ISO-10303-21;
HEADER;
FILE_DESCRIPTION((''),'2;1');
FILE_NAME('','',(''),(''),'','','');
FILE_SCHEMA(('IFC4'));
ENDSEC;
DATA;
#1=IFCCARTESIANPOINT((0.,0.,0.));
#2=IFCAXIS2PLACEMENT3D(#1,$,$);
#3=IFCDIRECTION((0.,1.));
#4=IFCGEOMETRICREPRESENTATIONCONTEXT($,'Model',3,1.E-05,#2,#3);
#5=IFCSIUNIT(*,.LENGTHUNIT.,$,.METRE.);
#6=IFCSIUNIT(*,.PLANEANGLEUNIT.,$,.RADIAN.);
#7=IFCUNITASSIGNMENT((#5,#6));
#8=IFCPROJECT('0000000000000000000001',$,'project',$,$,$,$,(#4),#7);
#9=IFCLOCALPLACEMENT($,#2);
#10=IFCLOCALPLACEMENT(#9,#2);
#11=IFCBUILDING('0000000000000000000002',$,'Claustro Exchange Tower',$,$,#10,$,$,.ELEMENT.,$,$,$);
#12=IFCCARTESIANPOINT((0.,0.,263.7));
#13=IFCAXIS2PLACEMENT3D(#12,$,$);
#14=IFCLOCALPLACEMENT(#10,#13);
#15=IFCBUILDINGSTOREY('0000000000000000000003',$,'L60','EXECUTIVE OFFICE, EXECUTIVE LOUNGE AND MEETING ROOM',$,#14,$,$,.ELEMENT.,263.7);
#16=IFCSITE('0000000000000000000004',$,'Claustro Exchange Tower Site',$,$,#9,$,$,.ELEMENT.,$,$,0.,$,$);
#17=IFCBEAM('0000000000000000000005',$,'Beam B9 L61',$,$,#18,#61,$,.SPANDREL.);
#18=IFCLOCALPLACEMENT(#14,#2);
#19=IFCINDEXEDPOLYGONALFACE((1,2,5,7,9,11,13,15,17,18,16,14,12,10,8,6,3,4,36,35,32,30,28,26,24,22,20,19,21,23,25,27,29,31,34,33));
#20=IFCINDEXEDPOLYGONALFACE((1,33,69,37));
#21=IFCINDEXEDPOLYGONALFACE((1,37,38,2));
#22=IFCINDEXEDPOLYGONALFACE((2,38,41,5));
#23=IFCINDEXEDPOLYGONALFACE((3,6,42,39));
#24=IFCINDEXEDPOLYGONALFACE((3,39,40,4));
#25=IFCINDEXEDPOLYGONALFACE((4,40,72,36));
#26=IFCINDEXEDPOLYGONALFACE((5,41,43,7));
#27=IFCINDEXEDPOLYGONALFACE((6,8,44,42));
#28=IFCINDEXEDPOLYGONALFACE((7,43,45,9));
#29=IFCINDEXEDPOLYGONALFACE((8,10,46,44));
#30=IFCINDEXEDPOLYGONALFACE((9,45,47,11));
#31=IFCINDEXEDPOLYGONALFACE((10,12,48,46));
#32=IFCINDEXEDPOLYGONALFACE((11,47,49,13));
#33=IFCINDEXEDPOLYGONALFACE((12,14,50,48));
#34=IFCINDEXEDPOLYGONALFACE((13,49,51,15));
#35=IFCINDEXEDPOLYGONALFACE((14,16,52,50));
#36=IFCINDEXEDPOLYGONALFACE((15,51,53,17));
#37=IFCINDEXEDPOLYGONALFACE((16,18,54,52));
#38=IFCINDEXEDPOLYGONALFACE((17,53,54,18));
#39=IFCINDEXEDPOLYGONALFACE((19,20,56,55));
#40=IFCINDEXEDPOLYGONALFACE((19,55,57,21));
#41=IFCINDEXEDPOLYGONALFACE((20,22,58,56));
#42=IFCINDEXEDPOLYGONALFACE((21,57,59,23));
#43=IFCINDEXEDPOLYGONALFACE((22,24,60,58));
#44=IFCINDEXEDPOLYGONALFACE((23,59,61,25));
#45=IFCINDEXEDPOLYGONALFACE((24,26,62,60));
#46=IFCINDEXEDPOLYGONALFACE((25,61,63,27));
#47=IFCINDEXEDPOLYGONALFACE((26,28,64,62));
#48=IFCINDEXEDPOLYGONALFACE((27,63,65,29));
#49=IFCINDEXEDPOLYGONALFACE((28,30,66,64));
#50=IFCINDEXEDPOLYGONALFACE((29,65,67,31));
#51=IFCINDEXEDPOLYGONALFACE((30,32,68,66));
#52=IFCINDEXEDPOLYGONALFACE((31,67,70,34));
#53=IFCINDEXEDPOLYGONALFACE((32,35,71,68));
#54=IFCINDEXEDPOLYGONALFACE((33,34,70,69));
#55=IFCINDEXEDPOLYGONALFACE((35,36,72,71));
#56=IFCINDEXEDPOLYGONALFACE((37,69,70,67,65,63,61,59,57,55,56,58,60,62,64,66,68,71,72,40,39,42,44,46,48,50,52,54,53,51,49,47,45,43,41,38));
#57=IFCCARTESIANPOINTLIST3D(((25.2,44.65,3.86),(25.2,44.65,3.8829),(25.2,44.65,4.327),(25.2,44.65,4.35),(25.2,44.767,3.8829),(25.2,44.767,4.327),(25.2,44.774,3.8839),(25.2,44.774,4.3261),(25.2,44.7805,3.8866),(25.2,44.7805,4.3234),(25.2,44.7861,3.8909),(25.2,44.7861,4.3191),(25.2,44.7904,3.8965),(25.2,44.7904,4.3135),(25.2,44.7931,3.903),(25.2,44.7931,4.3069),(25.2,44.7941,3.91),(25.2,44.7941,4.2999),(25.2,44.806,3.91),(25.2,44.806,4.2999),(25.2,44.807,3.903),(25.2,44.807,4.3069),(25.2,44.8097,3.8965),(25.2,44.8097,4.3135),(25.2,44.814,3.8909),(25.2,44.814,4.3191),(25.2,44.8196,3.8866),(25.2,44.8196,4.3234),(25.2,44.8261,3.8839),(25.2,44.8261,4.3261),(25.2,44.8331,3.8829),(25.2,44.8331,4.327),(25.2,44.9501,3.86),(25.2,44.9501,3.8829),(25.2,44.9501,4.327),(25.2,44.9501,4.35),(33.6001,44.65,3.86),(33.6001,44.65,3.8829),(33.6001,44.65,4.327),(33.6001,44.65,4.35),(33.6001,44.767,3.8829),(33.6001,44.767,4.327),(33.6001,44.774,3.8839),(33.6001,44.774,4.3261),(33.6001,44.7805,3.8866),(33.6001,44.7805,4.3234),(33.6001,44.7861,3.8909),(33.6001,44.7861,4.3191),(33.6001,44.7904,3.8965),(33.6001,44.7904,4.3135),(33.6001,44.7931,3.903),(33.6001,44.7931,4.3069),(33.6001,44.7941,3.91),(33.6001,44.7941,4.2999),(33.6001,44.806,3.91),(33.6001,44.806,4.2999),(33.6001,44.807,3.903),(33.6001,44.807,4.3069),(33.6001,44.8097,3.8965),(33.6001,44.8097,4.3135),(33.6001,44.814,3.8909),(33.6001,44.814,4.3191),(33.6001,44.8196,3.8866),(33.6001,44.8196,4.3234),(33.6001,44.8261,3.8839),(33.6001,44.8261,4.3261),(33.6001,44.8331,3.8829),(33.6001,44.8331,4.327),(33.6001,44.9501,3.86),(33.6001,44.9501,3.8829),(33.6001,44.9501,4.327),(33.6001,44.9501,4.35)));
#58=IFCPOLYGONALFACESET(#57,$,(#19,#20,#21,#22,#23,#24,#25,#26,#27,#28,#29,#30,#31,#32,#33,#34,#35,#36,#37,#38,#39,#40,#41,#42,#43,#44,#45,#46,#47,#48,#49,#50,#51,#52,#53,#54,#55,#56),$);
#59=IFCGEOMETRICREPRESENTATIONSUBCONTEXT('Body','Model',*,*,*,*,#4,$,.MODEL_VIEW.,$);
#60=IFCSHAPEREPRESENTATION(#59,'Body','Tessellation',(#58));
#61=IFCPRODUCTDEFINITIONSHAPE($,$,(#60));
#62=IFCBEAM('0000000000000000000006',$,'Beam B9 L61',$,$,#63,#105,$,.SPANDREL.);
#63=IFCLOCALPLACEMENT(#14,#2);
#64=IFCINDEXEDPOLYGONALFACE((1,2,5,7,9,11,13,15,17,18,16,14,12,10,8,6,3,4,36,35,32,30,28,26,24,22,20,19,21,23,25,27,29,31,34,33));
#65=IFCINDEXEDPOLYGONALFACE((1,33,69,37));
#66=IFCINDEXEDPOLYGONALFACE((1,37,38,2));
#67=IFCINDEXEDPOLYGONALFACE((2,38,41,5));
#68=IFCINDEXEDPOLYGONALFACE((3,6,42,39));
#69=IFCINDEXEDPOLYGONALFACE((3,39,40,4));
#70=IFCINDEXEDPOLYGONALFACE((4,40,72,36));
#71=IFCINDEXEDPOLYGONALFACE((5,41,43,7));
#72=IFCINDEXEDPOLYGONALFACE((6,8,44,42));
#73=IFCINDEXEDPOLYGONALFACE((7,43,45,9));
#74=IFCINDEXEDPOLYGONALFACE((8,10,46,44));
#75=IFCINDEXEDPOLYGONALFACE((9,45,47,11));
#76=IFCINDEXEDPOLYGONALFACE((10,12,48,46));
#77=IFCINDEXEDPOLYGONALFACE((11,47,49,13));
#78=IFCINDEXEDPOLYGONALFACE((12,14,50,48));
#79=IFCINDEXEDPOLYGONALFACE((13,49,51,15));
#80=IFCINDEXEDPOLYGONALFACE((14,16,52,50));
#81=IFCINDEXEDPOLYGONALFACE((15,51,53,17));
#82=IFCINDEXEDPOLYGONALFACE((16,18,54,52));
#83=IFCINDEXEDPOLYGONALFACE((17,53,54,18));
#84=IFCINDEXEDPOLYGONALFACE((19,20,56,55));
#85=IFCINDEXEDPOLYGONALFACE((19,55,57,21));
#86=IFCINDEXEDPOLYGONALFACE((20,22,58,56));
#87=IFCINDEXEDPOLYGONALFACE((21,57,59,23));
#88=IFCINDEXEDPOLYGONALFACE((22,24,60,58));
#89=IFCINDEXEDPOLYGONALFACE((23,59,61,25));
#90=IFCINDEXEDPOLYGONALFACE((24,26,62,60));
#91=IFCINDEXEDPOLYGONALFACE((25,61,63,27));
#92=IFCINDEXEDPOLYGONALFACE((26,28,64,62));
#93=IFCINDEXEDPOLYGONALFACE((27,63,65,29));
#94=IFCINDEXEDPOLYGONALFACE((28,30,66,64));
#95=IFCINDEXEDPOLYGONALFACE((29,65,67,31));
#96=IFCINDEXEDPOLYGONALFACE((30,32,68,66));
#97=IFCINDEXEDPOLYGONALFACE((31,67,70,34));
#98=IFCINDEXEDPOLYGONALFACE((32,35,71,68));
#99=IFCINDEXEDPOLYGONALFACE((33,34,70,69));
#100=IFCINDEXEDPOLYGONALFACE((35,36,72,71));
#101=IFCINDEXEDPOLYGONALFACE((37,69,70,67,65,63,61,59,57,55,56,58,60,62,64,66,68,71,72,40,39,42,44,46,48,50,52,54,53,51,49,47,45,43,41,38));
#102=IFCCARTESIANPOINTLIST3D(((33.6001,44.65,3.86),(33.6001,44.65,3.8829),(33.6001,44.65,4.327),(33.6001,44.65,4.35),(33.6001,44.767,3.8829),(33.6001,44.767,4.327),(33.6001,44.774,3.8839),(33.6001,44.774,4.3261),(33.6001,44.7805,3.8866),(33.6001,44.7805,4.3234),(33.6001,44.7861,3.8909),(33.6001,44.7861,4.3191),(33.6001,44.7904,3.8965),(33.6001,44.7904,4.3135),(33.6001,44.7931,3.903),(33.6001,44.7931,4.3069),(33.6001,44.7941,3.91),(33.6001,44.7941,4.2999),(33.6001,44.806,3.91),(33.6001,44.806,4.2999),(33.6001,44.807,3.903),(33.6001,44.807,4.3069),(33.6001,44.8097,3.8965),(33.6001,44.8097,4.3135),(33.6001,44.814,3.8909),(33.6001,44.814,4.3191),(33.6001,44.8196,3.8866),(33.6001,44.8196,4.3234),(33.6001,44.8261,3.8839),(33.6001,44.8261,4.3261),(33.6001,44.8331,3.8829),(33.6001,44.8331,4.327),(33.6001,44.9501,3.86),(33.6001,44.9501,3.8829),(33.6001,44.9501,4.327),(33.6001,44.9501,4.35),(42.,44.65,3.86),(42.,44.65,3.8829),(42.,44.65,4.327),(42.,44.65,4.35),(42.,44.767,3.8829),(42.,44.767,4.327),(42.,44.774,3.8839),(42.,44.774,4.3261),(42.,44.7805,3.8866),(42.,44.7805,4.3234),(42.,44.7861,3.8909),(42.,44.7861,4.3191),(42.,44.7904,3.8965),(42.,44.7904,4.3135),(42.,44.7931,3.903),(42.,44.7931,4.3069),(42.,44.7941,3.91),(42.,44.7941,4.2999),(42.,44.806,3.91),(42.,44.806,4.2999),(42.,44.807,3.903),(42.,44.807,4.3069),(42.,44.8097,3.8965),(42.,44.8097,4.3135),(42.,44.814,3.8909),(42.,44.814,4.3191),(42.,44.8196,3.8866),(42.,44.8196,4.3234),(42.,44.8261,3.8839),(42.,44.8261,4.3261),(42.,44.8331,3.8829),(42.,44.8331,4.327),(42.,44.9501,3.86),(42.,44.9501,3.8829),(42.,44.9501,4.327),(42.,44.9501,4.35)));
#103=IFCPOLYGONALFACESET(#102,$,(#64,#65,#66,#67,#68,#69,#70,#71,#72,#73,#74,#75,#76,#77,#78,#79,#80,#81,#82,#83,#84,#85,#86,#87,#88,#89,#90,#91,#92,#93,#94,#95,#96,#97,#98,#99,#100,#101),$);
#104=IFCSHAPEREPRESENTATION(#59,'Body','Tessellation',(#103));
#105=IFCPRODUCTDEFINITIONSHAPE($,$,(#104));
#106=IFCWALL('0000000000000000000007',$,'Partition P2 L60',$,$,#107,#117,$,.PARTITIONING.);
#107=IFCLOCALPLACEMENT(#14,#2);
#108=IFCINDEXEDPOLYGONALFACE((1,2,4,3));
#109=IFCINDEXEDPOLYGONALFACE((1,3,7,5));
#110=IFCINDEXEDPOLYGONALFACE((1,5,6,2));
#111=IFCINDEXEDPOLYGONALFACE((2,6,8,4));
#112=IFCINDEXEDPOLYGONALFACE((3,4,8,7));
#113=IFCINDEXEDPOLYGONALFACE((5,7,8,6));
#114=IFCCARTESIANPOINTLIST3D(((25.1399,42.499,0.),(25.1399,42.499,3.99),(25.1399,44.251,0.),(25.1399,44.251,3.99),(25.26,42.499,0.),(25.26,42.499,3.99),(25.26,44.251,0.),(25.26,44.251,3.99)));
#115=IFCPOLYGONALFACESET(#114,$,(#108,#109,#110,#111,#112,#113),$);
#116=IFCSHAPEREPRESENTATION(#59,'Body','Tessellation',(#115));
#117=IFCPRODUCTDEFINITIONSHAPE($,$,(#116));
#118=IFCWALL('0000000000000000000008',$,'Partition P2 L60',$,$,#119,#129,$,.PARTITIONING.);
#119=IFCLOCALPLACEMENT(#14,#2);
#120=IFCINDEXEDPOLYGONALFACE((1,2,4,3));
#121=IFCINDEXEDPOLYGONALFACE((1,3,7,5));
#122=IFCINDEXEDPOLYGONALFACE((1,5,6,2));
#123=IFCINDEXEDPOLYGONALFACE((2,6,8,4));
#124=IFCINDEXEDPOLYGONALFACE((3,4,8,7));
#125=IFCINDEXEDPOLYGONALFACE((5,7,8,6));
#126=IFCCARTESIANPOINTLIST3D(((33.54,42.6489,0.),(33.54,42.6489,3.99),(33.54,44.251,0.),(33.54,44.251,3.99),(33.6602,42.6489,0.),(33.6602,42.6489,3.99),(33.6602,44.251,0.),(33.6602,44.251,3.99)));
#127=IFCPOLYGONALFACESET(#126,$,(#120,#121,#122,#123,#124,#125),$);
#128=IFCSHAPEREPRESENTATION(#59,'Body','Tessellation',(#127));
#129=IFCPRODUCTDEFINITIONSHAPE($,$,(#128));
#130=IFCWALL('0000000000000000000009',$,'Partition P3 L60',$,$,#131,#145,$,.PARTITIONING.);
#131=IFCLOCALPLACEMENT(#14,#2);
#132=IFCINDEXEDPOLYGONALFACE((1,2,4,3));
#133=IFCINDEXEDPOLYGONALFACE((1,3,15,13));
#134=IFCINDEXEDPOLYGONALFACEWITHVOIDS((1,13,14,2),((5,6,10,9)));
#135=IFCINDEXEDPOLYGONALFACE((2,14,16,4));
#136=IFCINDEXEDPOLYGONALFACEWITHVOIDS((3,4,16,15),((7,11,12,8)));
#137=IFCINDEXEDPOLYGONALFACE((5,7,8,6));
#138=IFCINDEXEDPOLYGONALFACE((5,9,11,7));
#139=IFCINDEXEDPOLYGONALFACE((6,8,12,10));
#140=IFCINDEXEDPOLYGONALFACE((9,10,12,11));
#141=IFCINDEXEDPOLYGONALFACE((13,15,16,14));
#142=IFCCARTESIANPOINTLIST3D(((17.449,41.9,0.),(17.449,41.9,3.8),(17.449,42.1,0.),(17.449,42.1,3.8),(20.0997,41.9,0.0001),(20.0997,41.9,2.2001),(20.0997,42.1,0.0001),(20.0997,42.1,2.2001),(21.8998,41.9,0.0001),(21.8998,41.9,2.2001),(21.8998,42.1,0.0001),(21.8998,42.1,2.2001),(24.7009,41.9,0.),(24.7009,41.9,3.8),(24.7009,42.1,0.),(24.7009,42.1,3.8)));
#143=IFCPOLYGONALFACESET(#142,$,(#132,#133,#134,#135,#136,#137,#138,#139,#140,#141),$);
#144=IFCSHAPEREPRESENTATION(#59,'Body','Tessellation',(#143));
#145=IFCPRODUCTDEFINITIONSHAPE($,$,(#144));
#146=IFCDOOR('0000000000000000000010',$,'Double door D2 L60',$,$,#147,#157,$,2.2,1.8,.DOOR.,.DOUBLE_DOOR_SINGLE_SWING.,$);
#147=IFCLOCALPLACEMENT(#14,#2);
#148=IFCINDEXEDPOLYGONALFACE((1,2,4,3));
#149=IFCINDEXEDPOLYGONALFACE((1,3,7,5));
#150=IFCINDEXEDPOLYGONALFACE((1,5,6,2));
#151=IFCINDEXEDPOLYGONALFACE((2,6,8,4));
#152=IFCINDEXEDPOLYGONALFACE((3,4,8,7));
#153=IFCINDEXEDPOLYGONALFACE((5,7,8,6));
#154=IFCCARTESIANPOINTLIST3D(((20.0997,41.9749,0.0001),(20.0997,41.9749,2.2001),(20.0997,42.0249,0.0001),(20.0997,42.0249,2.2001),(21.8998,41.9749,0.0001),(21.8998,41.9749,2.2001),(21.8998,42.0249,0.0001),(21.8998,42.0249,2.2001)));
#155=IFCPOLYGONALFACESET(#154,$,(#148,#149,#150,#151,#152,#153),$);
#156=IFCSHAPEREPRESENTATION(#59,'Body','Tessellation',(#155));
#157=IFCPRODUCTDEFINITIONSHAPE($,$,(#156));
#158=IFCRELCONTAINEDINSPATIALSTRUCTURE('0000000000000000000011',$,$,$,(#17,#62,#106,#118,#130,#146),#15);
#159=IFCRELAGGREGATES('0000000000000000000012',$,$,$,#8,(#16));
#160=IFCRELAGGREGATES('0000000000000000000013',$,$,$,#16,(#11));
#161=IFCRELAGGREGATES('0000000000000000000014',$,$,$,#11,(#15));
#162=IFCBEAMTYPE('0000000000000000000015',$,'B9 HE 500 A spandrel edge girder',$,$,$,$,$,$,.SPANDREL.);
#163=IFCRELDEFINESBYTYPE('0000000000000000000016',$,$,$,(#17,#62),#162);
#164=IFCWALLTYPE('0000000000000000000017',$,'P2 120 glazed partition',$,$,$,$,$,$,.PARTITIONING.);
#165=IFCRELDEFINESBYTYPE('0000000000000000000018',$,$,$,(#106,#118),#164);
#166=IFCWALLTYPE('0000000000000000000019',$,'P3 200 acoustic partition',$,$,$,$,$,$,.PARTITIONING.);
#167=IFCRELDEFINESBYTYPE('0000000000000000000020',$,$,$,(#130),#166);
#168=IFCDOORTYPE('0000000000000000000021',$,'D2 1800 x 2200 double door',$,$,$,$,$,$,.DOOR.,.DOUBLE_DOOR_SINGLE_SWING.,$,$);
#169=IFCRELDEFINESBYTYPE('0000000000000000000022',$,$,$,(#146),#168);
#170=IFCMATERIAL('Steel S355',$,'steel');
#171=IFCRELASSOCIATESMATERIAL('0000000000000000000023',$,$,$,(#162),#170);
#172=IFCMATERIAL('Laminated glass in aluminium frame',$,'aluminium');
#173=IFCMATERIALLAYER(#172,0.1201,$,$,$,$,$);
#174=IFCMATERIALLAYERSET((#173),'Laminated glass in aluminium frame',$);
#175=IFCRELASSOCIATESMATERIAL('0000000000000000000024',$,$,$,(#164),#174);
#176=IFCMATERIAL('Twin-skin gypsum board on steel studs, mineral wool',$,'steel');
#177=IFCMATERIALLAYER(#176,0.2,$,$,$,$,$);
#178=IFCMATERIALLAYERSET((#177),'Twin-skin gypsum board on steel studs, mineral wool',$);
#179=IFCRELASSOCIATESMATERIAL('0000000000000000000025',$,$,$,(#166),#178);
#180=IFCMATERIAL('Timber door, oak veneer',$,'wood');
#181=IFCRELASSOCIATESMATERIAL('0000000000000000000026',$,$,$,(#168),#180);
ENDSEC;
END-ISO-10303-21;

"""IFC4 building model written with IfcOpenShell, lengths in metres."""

from ifc_helpers import new_model, si_unit, direction, frame, frame_2d, origin, origin_2d, place, context, subcontext, project, spatial, rectangle, i_section, extrude, material, layer, layer_set, material_profile, profile_set, type_object, element, fill, save


model = new_model("IFC4")

# Units and contexts
model_context = context("Model", 3, precision=1e-05, world=origin(), true_north=direction((0.0, 1.0)))
body_context = subcontext(model_context, "Body", "Model", "MODEL_VIEW")
ifc_project = project(units=[si_unit("LENGTHUNIT", "METRE"), si_unit("PLANEANGLEUNIT", "RADIAN")], contexts=[model_context])

# Site, building, storey
site_placement = place(None, origin())
site = spatial("IfcSite", under=ifc_project, at=site_placement, Name="Claustro Exchange Tower Site", CompositionType="ELEMENT", RefElevation=0.0)
building_placement = place(site_placement, origin())
building = spatial("IfcBuilding", under=site, at=building_placement, Name="Claustro Exchange Tower", CompositionType="ELEMENT")
storey_placement = place(building_placement, frame((0.0, 0.0, 263.7)))
storey = spatial("IfcBuildingStorey", under=building, at=storey_placement, Name="L60", Description="EXECUTIVE OFFICE, EXECUTIVE LOUNGE AND MEETING ROOM", CompositionType="ELEMENT", Elevation=263.7)

# Beams
ifc_material_1 = material(Name="Steel S355", Category="steel")
ifc_material_profile_1 = material_profile(ifc_material_1, i_section(OverallWidth=0.3, OverallDepth=0.49, WebThickness=0.012, FlangeThickness=0.0229, FilletRadius=0.0271, at=origin_2d()), Name="HE 500 A")
ifc_profile_set_1 = profile_set([ifc_material_profile_1], Name="Steel S355")
beam_type_1 = type_object("IfcBeamType", Name="B9 HE 500 A spandrel edge girder", PredefinedType="SPANDREL", material=ifc_profile_set_1)
beam_1_placement = place(storey_placement, frame((25.2, 44.8, 4.105), z_axis=(1.0, 0.0, 0.0), x_axis=(0.0, 1.0, 0.0)))
element("IfcBeam", 1, at=beam_1_placement, inside=storey, type_object=beam_type_1, Name="Beam B9 L61", PredefinedType="SPANDREL", context=body_context, shape_type="SweptSolid", body=[
    extrude(i_section(OverallWidth=0.3, OverallDepth=0.49, WebThickness=0.012, FlangeThickness=0.0229, FilletRadius=0.0271, at=origin_2d()), origin(), (0.0, 0.0, 1.0), 8.4001),
])
beam_2_placement = place(storey_placement, frame((33.6001, 44.8, 4.105), z_axis=(1.0, 0.0, 0.0), x_axis=(0.0, 1.0, 0.0)))
element("IfcBeam", 2, at=beam_2_placement, inside=storey, type_object=beam_type_1, Name="Beam B9 L61", PredefinedType="SPANDREL", context=body_context, shape_type="SweptSolid", body=[
    extrude(i_section(OverallWidth=0.3, OverallDepth=0.49, WebThickness=0.012, FlangeThickness=0.0229, FilletRadius=0.0271, at=origin_2d()), origin(), (0.0, 0.0, 1.0), 8.3999),
])

# Walls
ifc_material_2 = material(Name="Laminated glass in aluminium frame", Category="aluminium")
ifc_layer_1 = layer(ifc_material_2, 0.1201)
ifc_layer_set_1 = layer_set([ifc_layer_1], Name="Laminated glass in aluminium frame")
wall_type_1 = type_object("IfcWallType", Name="P2 120 glazed partition", PredefinedType="PARTITIONING", material=ifc_layer_set_1)
wall_1_placement = place(storey_placement, frame((25.2, 42.499, 0.0), z_axis=(0.0, 0.0, 1.0), x_axis=(0.0, 1.0, 0.0)))
element("IfcWall", 3, at=wall_1_placement, inside=storey, type_object=wall_type_1, Name="Partition P2 L60", PredefinedType="PARTITIONING", context=body_context, shape_type="SweptSolid", body=[
    extrude(rectangle(XDim=1.752, YDim=0.1201, at=frame_2d((0.876, 0.0))), origin(), (0.0, 0.0, 1.0), 3.99),
])
wall_2_placement = place(storey_placement, frame((33.6001, 42.6489, 0.0), z_axis=(0.0, 0.0, 1.0), x_axis=(0.0, 1.0, 0.0)))
element("IfcWall", 4, at=wall_2_placement, inside=storey, type_object=wall_type_1, Name="Partition P2 L60", PredefinedType="PARTITIONING", context=body_context, shape_type="SweptSolid", body=[
    extrude(rectangle(XDim=1.6021, YDim=0.1201, at=frame_2d((0.801, 0.0))), origin(), (0.0, 0.0, 1.0), 3.99),
])

# Wall, opening, door
ifc_material_3 = material(Name="Twin-skin gypsum board on steel studs, mineral wool", Category="steel")
ifc_layer_2 = layer(ifc_material_3, 0.2)
ifc_layer_set_2 = layer_set([ifc_layer_2], Name="Twin-skin gypsum board on steel studs, mineral wool")
wall_type_2 = type_object("IfcWallType", Name="P3 200 acoustic partition", PredefinedType="PARTITIONING", material=ifc_layer_set_2)
wall_3_placement = place(storey_placement, frame((17.449, 42.0, 0.0), z_axis=(0.0, 0.0, 1.0), x_axis=(1.0, 0.0, 0.0)))
wall_3 = element("IfcWall", 5, at=wall_3_placement, inside=storey, type_object=wall_type_2, Name="Partition P3 L60", PredefinedType="PARTITIONING", context=body_context, shape_type="SweptSolid", body=[
    extrude(rectangle(XDim=7.252, YDim=0.2, at=frame_2d((3.626, 0.0))), origin(), (0.0, 0.0, 1.0), 3.8),
])
opening_1_placement = place(wall_3_placement, frame((2.6509, 0.0, 0.0)))
opening_1 = element("IfcOpeningElement", 6, at=opening_1_placement, cuts=wall_3, PredefinedType="OPENING", context=body_context, shape_type="SweptSolid", body=[
    extrude(rectangle(XDim=1.8, YDim=2.2, at=frame_2d((0.8999, 1.1001))), frame((0.0, 0.1099, 0.0), z_axis=(0.0, -1.0, 0.0), x_axis=(1.0, 0.0, 0.0)), (0.0, 0.0, 1.0), 0.22),
])
ifc_material_4 = material(Name="Timber door, oak veneer", Category="wood")
door_type_1 = type_object("IfcDoorType", Name="D2 1800 x 2200 double door", OperationType="DOUBLE_DOOR_SINGLE_SWING", PredefinedType="DOOR", material=ifc_material_4)
door_1_placement = place(opening_1_placement, origin())
door_1 = element("IfcDoor", 7, at=door_1_placement, inside=storey, type_object=door_type_1, Name="Double door D2 L60", OperationType="DOUBLE_DOOR_SINGLE_SWING", OverallHeight=2.2, OverallWidth=1.8, PredefinedType="DOOR", context=body_context, shape_type="SweptSolid", body=[
    extrude(rectangle(XDim=1.8, YDim=2.2, at=frame_2d((0.8999, 1.1001))), frame((0.0, 0.0249, 0.0), z_axis=(0.0, -1.0, 0.0), x_axis=(1.0, 0.0, 0.0)), (0.0, 0.0, 1.0), 0.05),
])
fill(opening_1, door_1)

save(model, "model.ifc")
